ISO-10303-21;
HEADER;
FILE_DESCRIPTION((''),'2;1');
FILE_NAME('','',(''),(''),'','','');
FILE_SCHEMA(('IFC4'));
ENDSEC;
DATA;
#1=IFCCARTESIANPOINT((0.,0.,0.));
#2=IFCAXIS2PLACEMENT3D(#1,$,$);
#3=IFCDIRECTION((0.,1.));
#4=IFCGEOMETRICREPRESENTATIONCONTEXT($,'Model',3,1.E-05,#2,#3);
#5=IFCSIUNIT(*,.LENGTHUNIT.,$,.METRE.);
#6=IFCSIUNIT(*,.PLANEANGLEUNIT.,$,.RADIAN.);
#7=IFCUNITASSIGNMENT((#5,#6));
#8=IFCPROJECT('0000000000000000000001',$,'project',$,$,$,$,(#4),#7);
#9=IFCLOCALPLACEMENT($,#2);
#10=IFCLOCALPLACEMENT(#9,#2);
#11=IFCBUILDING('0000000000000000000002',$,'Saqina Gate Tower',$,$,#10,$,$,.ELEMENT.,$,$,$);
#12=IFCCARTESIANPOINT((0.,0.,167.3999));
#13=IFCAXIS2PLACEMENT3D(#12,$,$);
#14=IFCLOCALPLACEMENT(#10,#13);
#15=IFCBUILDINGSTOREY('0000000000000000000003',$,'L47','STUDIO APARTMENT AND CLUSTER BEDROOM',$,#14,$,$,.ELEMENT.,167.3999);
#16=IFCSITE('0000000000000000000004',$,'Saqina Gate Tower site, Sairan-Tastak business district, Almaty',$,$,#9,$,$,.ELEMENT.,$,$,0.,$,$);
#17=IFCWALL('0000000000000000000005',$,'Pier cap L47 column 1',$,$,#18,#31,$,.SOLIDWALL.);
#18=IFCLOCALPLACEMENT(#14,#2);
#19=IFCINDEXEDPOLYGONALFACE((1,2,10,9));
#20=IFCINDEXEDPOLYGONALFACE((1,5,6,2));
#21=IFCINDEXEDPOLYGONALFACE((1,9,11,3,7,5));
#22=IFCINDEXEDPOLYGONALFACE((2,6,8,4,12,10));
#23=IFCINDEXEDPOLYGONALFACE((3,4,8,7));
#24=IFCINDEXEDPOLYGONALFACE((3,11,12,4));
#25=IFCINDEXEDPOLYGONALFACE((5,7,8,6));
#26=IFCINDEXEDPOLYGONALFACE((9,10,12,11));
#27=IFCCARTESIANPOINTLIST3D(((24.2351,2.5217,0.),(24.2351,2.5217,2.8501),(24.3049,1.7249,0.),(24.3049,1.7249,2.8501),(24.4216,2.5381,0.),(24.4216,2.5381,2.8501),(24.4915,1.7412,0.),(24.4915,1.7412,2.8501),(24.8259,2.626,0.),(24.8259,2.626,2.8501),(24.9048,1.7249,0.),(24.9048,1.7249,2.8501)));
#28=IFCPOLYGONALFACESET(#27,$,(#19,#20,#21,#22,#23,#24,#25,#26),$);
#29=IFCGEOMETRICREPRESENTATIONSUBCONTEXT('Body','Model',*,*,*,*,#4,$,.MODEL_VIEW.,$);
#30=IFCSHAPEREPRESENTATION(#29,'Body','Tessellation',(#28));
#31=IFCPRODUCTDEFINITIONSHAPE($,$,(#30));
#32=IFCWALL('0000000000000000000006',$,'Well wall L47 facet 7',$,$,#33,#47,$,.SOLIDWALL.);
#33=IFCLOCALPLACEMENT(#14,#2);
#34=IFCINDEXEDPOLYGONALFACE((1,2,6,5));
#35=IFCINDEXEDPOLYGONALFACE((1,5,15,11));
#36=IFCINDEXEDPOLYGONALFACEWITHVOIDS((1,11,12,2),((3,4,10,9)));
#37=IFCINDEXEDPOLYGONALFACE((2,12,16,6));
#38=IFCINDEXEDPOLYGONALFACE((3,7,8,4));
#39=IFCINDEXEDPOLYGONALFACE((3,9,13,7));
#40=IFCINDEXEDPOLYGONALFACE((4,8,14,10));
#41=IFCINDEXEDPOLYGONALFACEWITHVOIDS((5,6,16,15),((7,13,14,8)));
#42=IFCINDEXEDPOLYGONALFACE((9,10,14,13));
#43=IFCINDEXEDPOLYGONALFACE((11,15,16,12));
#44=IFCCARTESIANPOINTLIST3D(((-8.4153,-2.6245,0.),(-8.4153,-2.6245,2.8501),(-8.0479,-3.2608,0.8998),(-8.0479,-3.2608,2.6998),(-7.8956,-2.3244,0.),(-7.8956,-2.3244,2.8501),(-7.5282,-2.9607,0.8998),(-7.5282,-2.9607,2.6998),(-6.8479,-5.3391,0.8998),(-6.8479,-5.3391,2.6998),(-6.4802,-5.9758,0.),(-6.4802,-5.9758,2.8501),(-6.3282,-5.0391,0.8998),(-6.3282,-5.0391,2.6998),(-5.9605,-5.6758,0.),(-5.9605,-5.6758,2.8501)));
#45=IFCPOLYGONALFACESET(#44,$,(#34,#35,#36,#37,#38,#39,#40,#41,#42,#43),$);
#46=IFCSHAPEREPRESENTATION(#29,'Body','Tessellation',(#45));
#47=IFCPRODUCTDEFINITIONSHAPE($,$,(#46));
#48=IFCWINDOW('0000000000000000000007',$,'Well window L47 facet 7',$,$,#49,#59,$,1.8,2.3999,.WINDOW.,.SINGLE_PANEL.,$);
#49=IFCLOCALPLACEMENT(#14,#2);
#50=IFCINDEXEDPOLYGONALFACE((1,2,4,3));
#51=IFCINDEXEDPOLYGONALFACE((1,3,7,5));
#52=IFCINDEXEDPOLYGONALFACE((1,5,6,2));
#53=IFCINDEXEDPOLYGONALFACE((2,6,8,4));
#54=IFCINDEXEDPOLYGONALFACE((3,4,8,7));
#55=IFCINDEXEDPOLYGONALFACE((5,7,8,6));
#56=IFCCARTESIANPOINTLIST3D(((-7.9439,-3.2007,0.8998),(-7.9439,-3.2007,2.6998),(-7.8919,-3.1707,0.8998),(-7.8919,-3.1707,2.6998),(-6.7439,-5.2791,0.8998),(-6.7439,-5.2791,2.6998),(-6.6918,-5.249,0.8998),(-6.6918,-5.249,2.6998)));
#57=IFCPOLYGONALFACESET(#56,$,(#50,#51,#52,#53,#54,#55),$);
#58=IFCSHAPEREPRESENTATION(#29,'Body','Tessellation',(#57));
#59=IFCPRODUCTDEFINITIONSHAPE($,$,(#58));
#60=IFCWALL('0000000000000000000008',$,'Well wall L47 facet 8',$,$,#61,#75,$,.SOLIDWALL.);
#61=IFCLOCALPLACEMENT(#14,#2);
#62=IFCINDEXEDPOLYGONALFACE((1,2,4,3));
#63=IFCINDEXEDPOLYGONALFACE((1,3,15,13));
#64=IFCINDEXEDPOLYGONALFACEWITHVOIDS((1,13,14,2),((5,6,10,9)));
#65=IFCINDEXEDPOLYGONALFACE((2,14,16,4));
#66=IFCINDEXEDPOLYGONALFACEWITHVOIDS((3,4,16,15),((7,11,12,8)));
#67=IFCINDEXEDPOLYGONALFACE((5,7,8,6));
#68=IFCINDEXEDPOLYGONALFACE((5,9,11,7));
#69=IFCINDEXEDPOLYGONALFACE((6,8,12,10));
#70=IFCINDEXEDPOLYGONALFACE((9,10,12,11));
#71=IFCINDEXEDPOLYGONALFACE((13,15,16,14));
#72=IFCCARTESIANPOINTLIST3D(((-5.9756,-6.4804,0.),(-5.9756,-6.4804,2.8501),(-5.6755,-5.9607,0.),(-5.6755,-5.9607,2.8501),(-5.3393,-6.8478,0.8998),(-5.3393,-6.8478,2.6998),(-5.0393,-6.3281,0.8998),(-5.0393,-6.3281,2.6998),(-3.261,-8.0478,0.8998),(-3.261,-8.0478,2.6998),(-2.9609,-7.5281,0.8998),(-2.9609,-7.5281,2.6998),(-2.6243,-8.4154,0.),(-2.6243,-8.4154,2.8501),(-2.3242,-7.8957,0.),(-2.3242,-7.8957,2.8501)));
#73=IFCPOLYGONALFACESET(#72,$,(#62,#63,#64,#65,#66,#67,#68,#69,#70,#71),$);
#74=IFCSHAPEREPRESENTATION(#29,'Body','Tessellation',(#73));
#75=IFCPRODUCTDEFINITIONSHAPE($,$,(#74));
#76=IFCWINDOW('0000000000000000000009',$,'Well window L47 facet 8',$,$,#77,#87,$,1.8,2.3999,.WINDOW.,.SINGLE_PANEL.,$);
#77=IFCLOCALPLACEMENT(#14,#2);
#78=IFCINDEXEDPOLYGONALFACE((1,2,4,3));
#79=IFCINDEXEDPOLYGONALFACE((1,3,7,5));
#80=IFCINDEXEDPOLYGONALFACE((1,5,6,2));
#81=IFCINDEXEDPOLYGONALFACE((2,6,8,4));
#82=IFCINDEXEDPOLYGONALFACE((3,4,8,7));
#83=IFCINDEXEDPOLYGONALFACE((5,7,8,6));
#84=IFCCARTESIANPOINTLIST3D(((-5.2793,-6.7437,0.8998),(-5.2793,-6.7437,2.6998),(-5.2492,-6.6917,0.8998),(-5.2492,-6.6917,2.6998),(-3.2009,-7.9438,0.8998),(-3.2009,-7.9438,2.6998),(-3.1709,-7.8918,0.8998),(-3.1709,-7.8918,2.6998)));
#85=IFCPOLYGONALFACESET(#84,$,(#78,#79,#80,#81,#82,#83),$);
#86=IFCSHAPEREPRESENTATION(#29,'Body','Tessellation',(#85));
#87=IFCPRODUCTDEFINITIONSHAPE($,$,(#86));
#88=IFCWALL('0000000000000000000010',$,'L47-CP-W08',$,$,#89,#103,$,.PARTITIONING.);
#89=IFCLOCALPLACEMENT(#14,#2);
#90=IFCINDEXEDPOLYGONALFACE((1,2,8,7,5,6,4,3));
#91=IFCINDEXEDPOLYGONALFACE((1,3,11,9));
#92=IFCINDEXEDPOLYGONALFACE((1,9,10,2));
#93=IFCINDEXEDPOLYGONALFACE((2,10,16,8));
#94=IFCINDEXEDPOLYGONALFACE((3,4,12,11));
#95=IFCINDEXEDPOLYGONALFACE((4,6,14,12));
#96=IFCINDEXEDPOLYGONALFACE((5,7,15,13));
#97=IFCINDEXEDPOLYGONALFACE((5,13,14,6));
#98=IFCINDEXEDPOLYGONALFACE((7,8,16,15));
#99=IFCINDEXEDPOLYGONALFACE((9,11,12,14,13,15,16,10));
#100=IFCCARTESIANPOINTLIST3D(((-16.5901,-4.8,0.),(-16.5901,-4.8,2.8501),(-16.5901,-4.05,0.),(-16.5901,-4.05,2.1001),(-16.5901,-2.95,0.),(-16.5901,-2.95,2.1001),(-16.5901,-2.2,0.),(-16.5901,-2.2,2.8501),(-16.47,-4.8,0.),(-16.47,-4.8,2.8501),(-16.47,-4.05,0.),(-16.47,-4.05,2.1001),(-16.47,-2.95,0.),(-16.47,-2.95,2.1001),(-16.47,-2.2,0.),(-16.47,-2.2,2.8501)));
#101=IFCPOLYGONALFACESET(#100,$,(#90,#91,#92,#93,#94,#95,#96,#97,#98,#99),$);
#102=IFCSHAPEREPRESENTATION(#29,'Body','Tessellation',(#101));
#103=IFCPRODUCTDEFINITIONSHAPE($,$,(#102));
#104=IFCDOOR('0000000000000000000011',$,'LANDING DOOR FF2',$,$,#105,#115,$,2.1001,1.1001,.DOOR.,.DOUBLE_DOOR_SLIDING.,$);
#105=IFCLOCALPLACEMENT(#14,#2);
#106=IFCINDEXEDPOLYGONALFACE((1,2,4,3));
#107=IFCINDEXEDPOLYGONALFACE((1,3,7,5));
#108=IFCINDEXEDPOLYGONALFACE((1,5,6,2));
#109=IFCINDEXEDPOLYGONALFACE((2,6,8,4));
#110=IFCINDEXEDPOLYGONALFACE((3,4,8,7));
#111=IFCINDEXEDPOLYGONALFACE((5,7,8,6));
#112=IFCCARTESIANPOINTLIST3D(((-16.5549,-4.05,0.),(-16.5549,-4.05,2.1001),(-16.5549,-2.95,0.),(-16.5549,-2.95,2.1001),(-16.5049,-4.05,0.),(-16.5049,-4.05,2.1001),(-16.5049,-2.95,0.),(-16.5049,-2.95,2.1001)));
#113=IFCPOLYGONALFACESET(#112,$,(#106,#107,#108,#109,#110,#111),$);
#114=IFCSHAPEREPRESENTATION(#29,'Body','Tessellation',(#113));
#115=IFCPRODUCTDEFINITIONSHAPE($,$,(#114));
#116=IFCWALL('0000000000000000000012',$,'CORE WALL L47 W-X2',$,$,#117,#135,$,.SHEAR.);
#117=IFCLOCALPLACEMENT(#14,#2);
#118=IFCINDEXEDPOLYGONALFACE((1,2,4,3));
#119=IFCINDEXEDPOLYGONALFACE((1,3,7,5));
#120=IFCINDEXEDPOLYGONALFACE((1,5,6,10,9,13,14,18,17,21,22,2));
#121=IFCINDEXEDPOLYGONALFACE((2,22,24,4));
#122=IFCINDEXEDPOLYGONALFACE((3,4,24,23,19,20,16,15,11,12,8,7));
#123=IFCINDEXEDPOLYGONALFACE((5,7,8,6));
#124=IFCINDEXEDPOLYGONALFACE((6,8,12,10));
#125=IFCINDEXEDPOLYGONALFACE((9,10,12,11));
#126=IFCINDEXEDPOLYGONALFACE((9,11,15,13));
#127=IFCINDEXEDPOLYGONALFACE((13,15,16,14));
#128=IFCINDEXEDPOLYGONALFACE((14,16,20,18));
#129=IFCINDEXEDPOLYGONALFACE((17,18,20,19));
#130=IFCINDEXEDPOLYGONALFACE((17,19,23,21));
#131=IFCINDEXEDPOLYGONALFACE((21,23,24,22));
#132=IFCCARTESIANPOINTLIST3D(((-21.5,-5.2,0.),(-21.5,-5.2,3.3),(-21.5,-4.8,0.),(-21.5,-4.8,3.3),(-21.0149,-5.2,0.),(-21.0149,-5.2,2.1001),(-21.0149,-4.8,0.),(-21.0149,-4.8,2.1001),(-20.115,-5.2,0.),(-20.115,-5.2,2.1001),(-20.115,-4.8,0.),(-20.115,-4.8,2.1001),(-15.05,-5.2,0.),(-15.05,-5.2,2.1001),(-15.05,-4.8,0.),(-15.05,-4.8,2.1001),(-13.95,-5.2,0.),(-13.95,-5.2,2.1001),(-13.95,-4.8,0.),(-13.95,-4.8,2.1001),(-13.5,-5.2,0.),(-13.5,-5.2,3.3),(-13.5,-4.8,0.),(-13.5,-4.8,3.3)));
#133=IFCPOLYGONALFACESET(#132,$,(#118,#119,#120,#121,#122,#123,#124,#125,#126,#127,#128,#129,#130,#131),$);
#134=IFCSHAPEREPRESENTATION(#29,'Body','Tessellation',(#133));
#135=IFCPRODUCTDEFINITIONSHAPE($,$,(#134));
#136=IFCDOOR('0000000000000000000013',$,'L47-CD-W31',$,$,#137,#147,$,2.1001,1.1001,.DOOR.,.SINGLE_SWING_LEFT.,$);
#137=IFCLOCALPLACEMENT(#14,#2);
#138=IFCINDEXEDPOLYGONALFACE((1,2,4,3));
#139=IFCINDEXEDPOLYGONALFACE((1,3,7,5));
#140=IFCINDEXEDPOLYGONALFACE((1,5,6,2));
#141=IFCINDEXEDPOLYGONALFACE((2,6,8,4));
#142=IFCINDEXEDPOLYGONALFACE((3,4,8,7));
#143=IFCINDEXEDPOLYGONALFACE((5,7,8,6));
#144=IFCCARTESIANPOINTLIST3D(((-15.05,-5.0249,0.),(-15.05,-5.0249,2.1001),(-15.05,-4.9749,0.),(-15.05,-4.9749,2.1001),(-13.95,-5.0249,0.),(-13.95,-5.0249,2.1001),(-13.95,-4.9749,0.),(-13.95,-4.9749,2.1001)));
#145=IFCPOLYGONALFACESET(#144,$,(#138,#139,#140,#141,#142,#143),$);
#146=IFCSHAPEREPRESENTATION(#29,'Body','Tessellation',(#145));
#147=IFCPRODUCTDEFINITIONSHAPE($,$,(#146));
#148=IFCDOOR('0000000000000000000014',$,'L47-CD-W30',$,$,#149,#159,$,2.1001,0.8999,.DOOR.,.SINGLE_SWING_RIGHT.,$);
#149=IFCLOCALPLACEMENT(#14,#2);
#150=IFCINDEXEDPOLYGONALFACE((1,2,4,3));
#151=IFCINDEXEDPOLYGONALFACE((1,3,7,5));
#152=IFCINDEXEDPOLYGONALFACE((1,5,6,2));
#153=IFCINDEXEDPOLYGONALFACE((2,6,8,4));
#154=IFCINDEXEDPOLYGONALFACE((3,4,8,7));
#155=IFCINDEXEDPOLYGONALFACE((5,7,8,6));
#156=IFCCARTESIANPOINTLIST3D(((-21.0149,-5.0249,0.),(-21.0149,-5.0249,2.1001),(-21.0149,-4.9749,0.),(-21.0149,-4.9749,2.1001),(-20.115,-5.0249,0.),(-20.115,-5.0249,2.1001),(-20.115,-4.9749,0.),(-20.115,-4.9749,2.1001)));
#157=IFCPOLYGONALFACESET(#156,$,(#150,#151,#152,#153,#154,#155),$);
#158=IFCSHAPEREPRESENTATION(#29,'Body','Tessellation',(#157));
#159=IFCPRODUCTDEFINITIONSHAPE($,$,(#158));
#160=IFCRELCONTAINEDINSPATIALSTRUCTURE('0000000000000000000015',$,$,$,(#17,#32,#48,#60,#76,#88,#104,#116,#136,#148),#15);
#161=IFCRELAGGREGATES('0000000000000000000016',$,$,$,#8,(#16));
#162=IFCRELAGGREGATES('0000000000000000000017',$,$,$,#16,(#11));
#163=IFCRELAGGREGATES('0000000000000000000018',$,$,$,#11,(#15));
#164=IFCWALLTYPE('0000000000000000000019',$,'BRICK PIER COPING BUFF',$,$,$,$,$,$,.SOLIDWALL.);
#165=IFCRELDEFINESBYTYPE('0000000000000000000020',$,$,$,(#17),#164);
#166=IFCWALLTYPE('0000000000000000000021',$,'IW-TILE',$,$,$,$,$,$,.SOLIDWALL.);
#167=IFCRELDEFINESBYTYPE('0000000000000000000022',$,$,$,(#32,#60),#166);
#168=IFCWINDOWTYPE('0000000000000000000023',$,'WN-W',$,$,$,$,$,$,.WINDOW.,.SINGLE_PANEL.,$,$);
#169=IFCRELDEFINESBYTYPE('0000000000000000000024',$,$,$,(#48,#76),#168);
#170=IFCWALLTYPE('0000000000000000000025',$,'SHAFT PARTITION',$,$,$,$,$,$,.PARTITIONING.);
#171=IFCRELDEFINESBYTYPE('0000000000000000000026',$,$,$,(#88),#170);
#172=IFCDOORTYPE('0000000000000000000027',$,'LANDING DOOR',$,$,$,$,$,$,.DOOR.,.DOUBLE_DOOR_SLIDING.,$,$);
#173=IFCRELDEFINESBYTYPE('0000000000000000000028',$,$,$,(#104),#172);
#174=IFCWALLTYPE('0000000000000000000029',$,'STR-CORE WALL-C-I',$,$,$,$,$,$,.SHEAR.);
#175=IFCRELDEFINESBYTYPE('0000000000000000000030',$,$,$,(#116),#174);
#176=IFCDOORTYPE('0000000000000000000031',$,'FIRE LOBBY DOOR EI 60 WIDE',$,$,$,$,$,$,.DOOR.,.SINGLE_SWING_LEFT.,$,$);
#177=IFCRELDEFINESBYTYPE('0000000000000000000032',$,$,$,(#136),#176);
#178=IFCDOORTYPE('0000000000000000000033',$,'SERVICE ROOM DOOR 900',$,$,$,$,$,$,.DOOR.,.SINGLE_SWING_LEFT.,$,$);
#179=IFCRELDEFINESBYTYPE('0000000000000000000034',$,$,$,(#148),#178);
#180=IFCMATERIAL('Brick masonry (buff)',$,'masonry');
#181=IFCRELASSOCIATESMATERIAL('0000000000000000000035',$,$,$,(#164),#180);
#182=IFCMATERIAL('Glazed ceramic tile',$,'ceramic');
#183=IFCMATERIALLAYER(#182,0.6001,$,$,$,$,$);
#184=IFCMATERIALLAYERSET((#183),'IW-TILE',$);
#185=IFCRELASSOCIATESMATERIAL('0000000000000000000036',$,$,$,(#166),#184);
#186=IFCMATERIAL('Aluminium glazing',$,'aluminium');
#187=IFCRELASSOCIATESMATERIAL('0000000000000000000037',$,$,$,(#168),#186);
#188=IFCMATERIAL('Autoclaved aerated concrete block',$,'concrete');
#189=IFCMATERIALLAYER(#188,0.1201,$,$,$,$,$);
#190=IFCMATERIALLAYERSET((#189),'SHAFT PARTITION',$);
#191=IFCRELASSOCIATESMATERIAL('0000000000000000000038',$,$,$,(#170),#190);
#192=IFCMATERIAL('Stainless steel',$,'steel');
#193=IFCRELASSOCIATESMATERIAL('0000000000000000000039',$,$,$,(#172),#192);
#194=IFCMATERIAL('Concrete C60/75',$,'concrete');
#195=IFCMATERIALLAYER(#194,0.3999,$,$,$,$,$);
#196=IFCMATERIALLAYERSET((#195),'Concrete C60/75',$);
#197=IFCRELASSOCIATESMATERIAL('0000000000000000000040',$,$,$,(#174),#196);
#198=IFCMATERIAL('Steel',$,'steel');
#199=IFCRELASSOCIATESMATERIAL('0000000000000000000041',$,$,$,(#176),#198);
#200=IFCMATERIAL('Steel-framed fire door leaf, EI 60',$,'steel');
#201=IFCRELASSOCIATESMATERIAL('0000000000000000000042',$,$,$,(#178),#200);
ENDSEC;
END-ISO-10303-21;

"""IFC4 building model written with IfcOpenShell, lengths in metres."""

from ifc_helpers import new_model, si_unit, direction, frame, frame_2d, origin, place, context, subcontext, project, spatial, polyline, rectangle, outline, extrude, material, layer, layer_set, type_object, element, fill, save


model = new_model("IFC4")

# Units and contexts
model_context = context("Model", 3, precision=1e-05, world=origin(), true_north=direction((0.0, 1.0)))
body_context = subcontext(model_context, "Body", "Model", "MODEL_VIEW")
ifc_project = project(units=[si_unit("LENGTHUNIT", "METRE"), si_unit("PLANEANGLEUNIT", "RADIAN")], contexts=[model_context])

# Site, building, storey
site_placement = place(None, origin())
site = spatial("IfcSite", under=ifc_project, at=site_placement, Name="Saqina Gate Tower site, Sairan-Tastak business district, Almaty", CompositionType="ELEMENT", RefElevation=0.0)
building_placement = place(site_placement, origin())
building = spatial("IfcBuilding", under=site, at=building_placement, Name="Saqina Gate Tower", CompositionType="ELEMENT")
storey_placement = place(building_placement, frame((0.0, 0.0, 167.3999)))
storey = spatial("IfcBuildingStorey", under=building, at=storey_placement, Name="L47", Description="STUDIO APARTMENT AND CLUSTER BEDROOM", CompositionType="ELEMENT", Elevation=167.3999)

# Wall
ifc_material_1 = material(Name="Brick masonry (buff)", Category="masonry")
wall_type_1 = type_object("IfcWallType", Name="BRICK PIER COPING BUFF", PredefinedType="SOLIDWALL", material=ifc_material_1)
wall_1_placement = place(storey_placement, origin())
element("IfcWall", 1, at=wall_1_placement, inside=storey, type_object=wall_type_1, Name="Pier cap L47 column 1", PredefinedType="SOLIDWALL", context=body_context, shape_type="SweptSolid", body=[
    extrude(outline(polyline([(24.9048, 1.7249), (24.8259, 2.626), (24.2351, 2.5217), (24.4216, 2.5381), (24.4915, 1.7412), (24.3049, 1.7249), (24.9048, 1.7249)])), origin(), (0.0, 0.0, 1.0), 2.8501),
])

# Walls, openings, windows
ifc_material_2 = material(Name="Glazed ceramic tile", Category="ceramic")
ifc_layer_1 = layer(ifc_material_2, 0.6001)
ifc_layer_set_1 = layer_set([ifc_layer_1], Name="IW-TILE")
wall_type_2 = type_object("IfcWallType", Name="IW-TILE", PredefinedType="SOLIDWALL", material=ifc_layer_set_1)
wall_2_placement = place(storey_placement, frame((-8.1555, -2.4744, 0.0), z_axis=(0.0, 0.0, 1.0), x_axis=(0.500034, -0.866006, 0.0)))
wall_2 = element("IfcWall", 2, at=wall_2_placement, inside=storey, type_object=wall_type_2, Name="Well wall L47 facet 7", PredefinedType="SOLIDWALL", context=body_context, shape_type="SweptSolid", body=[
    extrude(rectangle(XDim=3.8699, YDim=0.6001, at=frame_2d((1.9351, 0.0))), origin(), (0.0, 0.0, 1.0), 2.8501),
])
opening_1_placement = place(wall_2_placement, frame((0.7349, 0.0, 0.8999)))
opening_1 = element("IfcOpeningElement", 3, at=opening_1_placement, cuts=wall_2, PredefinedType="OPENING", context=body_context, shape_type="SweptSolid", body=[
    extrude(rectangle(XDim=2.3999, YDim=1.8, at=frame_2d((1.2, 0.8999))), frame((0.0, 0.312, 0.0), z_axis=(0.0, -1.0, 0.0), x_axis=(1.0, 0.0, 0.0)), (0.0, 0.0, 1.0), 0.624),
])
ifc_material_3 = material(Name="Aluminium glazing", Category="aluminium")
window_type = type_object("IfcWindowType", Name="WN-W", PartitioningType="SINGLE_PANEL", PredefinedType="WINDOW", material=ifc_material_3)
window_1_placement = place(opening_1_placement, origin())
window_1 = element("IfcWindow", 4, at=window_1_placement, inside=storey, type_object=window_type, Name="Well window L47 facet 7", OverallHeight=1.8, OverallWidth=2.3999, PartitioningType="SINGLE_PANEL", PredefinedType="WINDOW", context=body_context, shape_type="SweptSolid", body=[
    extrude(rectangle(XDim=2.3999, YDim=1.8, at=frame_2d((1.2, 0.8999))), frame((0.0, -0.1199, 0.0), z_axis=(0.0, -1.0, 0.0), x_axis=(1.0, 0.0, 0.0)), (0.0, 0.0, 1.0), 0.0601),
])
fill(opening_1, window_1)
wall_3_placement = place(storey_placement, frame((-5.8257, -6.2205, 0.0), z_axis=(0.0, 0.0, 1.0), x_axis=(0.866006, -0.500034, 0.0)))
wall_3 = element("IfcWall", 5, at=wall_3_placement, inside=storey, type_object=wall_type_2, Name="Well wall L47 facet 8", PredefinedType="SOLIDWALL", context=body_context, shape_type="SweptSolid", body=[
    extrude(rectangle(XDim=3.8699, YDim=0.6001, at=frame_2d((1.9351, 0.0))), origin(), (0.0, 0.0, 1.0), 2.8501),
])
opening_2_placement = place(wall_3_placement, frame((0.7349, 0.0, 0.8999)))
opening_2 = element("IfcOpeningElement", 6, at=opening_2_placement, cuts=wall_3, PredefinedType="OPENING", context=body_context, shape_type="SweptSolid", body=[
    extrude(rectangle(XDim=2.3999, YDim=1.8, at=frame_2d((1.2, 0.8999))), frame((0.0, 0.312, 0.0), z_axis=(0.0, -1.0, 0.0), x_axis=(1.0, 0.0, 0.0)), (0.0, 0.0, 1.0), 0.624),
])
window_2_placement = place(opening_2_placement, origin())
window_2 = element("IfcWindow", 7, at=window_2_placement, inside=storey, type_object=window_type, Name="Well window L47 facet 8", OverallHeight=1.8, OverallWidth=2.3999, PartitioningType="SINGLE_PANEL", PredefinedType="WINDOW", context=body_context, shape_type="SweptSolid", body=[
    extrude(rectangle(XDim=2.3999, YDim=1.8, at=frame_2d((1.2, 0.8999))), frame((0.0, -0.1199, 0.0), z_axis=(0.0, -1.0, 0.0), x_axis=(1.0, 0.0, 0.0)), (0.0, 0.0, 1.0), 0.0601),
])
fill(opening_2, window_2)

# Wall, opening, door
ifc_material_4 = material(Name="Autoclaved aerated concrete block", Category="concrete")
ifc_layer_2 = layer(ifc_material_4, 0.1201)
ifc_layer_set_2 = layer_set([ifc_layer_2], Name="SHAFT PARTITION")
wall_type_3 = type_object("IfcWallType", Name="SHAFT PARTITION", PredefinedType="PARTITIONING", material=ifc_layer_set_2)
wall_4_placement = place(storey_placement, frame((-16.53, -4.8, 0.0), z_axis=(0.0, 0.0, 1.0), x_axis=(0.0, 1.0, 0.0)))
wall_4 = element("IfcWall", 8, at=wall_4_placement, inside=storey, type_object=wall_type_3, Name="L47-CP-W08", PredefinedType="PARTITIONING", context=body_context, shape_type="SweptSolid", body=[
    extrude(rectangle(XDim=2.6001, YDim=0.1201, at=frame_2d((1.3, 0.0))), origin(), (0.0, 0.0, 1.0), 2.8501),
])
opening_3_placement = place(wall_4_placement, frame((0.75, 0.0, 0.0)))
opening_3 = element("IfcOpeningElement", 9, at=opening_3_placement, cuts=wall_4, PredefinedType="OPENING", context=body_context, shape_type="SweptSolid", body=[
    extrude(rectangle(XDim=1.1001, YDim=2.1001, at=frame_2d((0.55, 1.05))), frame((0.0, 0.072, 0.0), z_axis=(0.0, -1.0, 0.0), x_axis=(1.0, 0.0, 0.0)), (0.0, 0.0, 1.0), 0.144),
])
ifc_material_5 = material(Name="Stainless steel", Category="steel")
door_type_1 = type_object("IfcDoorType", Name="LANDING DOOR", OperationType="DOUBLE_DOOR_SLIDING", PredefinedType="DOOR", material=ifc_material_5)
door_1_placement = place(opening_3_placement, origin())
door_1 = element("IfcDoor", 10, at=door_1_placement, inside=storey, type_object=door_type_1, Name="LANDING DOOR FF2", OperationType="DOUBLE_DOOR_SLIDING", OverallHeight=2.1001, OverallWidth=1.1001, PredefinedType="DOOR", context=body_context, shape_type="SweptSolid", body=[
    extrude(rectangle(XDim=1.1001, YDim=2.1001, at=frame_2d((0.55, 1.05))), frame((0.0, 0.0249, 0.0), z_axis=(0.0, -1.0, 0.0), x_axis=(1.0, 0.0, 0.0)), (0.0, 0.0, 1.0), 0.05),
])
fill(opening_3, door_1)

# Wall, openings, doors
ifc_material_6 = material(Name="Concrete C60/75", Category="concrete")
ifc_layer_3 = layer(ifc_material_6, 0.3999)
ifc_layer_set_3 = layer_set([ifc_layer_3], Name="Concrete C60/75")
wall_type_4 = type_object("IfcWallType", Name="STR-CORE WALL-C-I", PredefinedType="SHEAR", material=ifc_layer_set_3)
wall_5_placement = place(storey_placement, frame((-13.5, -5.0, 0.0), z_axis=(0.0, 0.0, 1.0), x_axis=(-1.0, 0.0, 0.0)))
wall_5 = element("IfcWall", 11, at=wall_5_placement, inside=storey, type_object=wall_type_4, Name="CORE WALL L47 W-X2", PredefinedType="SHEAR", context=body_context, shape_type="SweptSolid", body=[
    extrude(rectangle(XDim=8.0, YDim=0.3999, at=frame_2d((4.0, 0.0))), origin(), (0.0, 0.0, 1.0), 3.3),
])
opening_4_placement = place(wall_5_placement, frame((6.615, 0.0, 0.0)))
opening_4 = element("IfcOpeningElement", 12, at=opening_4_placement, cuts=wall_5, PredefinedType="OPENING", context=body_context, shape_type="SweptSolid", body=[
    extrude(rectangle(XDim=0.8999, YDim=2.1001, at=frame_2d((0.45, 1.05))), frame((0.0, 0.2119, 0.0), z_axis=(0.0, -1.0, 0.0), x_axis=(1.0, 0.0, 0.0)), (0.0, 0.0, 1.0), 0.4238),
])
opening_5_placement = place(wall_5_placement, frame((0.45, 0.0, 0.0)))
opening_5 = element("IfcOpeningElement", 13, at=opening_5_placement, cuts=wall_5, PredefinedType="OPENING", context=body_context, shape_type="SweptSolid", body=[
    extrude(rectangle(XDim=1.1001, YDim=2.1001, at=frame_2d((0.55, 1.05))), frame((0.0, 0.2119, 0.0), z_axis=(0.0, -1.0, 0.0), x_axis=(1.0, 0.0, 0.0)), (0.0, 0.0, 1.0), 0.4238),
])
ifc_material_7 = material(Name="Steel", Category="steel")
door_type_2 = type_object("IfcDoorType", Name="FIRE LOBBY DOOR EI 60 WIDE", OperationType="SINGLE_SWING_LEFT", PredefinedType="DOOR", material=ifc_material_7)
door_2_placement = place(opening_5_placement, origin())
door_2 = element("IfcDoor", 14, at=door_2_placement, inside=storey, type_object=door_type_2, Name="L47-CD-W31", OperationType="SINGLE_SWING_LEFT", OverallHeight=2.1001, OverallWidth=1.1001, PredefinedType="DOOR", context=body_context, shape_type="SweptSolid", body=[
    extrude(rectangle(XDim=1.1001, YDim=2.1001, at=frame_2d((0.55, 1.05))), frame((0.0, 0.0249, 0.0), z_axis=(0.0, -1.0, 0.0), x_axis=(1.0, 0.0, 0.0)), (0.0, 0.0, 1.0), 0.05),
])
fill(opening_5, door_2)
ifc_material_8 = material(Name="Steel-framed fire door leaf, EI 60", Category="steel")
door_type_3 = type_object("IfcDoorType", Name="SERVICE ROOM DOOR 900", OperationType="SINGLE_SWING_LEFT", PredefinedType="DOOR", material=ifc_material_8)
door_3_placement = place(opening_4_placement, origin())
door_3 = element("IfcDoor", 15, at=door_3_placement, inside=storey, type_object=door_type_3, Name="L47-CD-W30", OperationType="SINGLE_SWING_RIGHT", OverallHeight=2.1001, OverallWidth=0.8999, PredefinedType="DOOR", context=body_context, shape_type="SweptSolid", body=[
    extrude(rectangle(XDim=0.8999, YDim=2.1001, at=frame_2d((0.45, 1.05))), frame((0.0, 0.0249, 0.0), z_axis=(0.0, -1.0, 0.0), x_axis=(1.0, 0.0, 0.0)), (0.0, 0.0, 1.0), 0.05),
])
fill(opening_4, door_3)

save(model, "model.ifc")
